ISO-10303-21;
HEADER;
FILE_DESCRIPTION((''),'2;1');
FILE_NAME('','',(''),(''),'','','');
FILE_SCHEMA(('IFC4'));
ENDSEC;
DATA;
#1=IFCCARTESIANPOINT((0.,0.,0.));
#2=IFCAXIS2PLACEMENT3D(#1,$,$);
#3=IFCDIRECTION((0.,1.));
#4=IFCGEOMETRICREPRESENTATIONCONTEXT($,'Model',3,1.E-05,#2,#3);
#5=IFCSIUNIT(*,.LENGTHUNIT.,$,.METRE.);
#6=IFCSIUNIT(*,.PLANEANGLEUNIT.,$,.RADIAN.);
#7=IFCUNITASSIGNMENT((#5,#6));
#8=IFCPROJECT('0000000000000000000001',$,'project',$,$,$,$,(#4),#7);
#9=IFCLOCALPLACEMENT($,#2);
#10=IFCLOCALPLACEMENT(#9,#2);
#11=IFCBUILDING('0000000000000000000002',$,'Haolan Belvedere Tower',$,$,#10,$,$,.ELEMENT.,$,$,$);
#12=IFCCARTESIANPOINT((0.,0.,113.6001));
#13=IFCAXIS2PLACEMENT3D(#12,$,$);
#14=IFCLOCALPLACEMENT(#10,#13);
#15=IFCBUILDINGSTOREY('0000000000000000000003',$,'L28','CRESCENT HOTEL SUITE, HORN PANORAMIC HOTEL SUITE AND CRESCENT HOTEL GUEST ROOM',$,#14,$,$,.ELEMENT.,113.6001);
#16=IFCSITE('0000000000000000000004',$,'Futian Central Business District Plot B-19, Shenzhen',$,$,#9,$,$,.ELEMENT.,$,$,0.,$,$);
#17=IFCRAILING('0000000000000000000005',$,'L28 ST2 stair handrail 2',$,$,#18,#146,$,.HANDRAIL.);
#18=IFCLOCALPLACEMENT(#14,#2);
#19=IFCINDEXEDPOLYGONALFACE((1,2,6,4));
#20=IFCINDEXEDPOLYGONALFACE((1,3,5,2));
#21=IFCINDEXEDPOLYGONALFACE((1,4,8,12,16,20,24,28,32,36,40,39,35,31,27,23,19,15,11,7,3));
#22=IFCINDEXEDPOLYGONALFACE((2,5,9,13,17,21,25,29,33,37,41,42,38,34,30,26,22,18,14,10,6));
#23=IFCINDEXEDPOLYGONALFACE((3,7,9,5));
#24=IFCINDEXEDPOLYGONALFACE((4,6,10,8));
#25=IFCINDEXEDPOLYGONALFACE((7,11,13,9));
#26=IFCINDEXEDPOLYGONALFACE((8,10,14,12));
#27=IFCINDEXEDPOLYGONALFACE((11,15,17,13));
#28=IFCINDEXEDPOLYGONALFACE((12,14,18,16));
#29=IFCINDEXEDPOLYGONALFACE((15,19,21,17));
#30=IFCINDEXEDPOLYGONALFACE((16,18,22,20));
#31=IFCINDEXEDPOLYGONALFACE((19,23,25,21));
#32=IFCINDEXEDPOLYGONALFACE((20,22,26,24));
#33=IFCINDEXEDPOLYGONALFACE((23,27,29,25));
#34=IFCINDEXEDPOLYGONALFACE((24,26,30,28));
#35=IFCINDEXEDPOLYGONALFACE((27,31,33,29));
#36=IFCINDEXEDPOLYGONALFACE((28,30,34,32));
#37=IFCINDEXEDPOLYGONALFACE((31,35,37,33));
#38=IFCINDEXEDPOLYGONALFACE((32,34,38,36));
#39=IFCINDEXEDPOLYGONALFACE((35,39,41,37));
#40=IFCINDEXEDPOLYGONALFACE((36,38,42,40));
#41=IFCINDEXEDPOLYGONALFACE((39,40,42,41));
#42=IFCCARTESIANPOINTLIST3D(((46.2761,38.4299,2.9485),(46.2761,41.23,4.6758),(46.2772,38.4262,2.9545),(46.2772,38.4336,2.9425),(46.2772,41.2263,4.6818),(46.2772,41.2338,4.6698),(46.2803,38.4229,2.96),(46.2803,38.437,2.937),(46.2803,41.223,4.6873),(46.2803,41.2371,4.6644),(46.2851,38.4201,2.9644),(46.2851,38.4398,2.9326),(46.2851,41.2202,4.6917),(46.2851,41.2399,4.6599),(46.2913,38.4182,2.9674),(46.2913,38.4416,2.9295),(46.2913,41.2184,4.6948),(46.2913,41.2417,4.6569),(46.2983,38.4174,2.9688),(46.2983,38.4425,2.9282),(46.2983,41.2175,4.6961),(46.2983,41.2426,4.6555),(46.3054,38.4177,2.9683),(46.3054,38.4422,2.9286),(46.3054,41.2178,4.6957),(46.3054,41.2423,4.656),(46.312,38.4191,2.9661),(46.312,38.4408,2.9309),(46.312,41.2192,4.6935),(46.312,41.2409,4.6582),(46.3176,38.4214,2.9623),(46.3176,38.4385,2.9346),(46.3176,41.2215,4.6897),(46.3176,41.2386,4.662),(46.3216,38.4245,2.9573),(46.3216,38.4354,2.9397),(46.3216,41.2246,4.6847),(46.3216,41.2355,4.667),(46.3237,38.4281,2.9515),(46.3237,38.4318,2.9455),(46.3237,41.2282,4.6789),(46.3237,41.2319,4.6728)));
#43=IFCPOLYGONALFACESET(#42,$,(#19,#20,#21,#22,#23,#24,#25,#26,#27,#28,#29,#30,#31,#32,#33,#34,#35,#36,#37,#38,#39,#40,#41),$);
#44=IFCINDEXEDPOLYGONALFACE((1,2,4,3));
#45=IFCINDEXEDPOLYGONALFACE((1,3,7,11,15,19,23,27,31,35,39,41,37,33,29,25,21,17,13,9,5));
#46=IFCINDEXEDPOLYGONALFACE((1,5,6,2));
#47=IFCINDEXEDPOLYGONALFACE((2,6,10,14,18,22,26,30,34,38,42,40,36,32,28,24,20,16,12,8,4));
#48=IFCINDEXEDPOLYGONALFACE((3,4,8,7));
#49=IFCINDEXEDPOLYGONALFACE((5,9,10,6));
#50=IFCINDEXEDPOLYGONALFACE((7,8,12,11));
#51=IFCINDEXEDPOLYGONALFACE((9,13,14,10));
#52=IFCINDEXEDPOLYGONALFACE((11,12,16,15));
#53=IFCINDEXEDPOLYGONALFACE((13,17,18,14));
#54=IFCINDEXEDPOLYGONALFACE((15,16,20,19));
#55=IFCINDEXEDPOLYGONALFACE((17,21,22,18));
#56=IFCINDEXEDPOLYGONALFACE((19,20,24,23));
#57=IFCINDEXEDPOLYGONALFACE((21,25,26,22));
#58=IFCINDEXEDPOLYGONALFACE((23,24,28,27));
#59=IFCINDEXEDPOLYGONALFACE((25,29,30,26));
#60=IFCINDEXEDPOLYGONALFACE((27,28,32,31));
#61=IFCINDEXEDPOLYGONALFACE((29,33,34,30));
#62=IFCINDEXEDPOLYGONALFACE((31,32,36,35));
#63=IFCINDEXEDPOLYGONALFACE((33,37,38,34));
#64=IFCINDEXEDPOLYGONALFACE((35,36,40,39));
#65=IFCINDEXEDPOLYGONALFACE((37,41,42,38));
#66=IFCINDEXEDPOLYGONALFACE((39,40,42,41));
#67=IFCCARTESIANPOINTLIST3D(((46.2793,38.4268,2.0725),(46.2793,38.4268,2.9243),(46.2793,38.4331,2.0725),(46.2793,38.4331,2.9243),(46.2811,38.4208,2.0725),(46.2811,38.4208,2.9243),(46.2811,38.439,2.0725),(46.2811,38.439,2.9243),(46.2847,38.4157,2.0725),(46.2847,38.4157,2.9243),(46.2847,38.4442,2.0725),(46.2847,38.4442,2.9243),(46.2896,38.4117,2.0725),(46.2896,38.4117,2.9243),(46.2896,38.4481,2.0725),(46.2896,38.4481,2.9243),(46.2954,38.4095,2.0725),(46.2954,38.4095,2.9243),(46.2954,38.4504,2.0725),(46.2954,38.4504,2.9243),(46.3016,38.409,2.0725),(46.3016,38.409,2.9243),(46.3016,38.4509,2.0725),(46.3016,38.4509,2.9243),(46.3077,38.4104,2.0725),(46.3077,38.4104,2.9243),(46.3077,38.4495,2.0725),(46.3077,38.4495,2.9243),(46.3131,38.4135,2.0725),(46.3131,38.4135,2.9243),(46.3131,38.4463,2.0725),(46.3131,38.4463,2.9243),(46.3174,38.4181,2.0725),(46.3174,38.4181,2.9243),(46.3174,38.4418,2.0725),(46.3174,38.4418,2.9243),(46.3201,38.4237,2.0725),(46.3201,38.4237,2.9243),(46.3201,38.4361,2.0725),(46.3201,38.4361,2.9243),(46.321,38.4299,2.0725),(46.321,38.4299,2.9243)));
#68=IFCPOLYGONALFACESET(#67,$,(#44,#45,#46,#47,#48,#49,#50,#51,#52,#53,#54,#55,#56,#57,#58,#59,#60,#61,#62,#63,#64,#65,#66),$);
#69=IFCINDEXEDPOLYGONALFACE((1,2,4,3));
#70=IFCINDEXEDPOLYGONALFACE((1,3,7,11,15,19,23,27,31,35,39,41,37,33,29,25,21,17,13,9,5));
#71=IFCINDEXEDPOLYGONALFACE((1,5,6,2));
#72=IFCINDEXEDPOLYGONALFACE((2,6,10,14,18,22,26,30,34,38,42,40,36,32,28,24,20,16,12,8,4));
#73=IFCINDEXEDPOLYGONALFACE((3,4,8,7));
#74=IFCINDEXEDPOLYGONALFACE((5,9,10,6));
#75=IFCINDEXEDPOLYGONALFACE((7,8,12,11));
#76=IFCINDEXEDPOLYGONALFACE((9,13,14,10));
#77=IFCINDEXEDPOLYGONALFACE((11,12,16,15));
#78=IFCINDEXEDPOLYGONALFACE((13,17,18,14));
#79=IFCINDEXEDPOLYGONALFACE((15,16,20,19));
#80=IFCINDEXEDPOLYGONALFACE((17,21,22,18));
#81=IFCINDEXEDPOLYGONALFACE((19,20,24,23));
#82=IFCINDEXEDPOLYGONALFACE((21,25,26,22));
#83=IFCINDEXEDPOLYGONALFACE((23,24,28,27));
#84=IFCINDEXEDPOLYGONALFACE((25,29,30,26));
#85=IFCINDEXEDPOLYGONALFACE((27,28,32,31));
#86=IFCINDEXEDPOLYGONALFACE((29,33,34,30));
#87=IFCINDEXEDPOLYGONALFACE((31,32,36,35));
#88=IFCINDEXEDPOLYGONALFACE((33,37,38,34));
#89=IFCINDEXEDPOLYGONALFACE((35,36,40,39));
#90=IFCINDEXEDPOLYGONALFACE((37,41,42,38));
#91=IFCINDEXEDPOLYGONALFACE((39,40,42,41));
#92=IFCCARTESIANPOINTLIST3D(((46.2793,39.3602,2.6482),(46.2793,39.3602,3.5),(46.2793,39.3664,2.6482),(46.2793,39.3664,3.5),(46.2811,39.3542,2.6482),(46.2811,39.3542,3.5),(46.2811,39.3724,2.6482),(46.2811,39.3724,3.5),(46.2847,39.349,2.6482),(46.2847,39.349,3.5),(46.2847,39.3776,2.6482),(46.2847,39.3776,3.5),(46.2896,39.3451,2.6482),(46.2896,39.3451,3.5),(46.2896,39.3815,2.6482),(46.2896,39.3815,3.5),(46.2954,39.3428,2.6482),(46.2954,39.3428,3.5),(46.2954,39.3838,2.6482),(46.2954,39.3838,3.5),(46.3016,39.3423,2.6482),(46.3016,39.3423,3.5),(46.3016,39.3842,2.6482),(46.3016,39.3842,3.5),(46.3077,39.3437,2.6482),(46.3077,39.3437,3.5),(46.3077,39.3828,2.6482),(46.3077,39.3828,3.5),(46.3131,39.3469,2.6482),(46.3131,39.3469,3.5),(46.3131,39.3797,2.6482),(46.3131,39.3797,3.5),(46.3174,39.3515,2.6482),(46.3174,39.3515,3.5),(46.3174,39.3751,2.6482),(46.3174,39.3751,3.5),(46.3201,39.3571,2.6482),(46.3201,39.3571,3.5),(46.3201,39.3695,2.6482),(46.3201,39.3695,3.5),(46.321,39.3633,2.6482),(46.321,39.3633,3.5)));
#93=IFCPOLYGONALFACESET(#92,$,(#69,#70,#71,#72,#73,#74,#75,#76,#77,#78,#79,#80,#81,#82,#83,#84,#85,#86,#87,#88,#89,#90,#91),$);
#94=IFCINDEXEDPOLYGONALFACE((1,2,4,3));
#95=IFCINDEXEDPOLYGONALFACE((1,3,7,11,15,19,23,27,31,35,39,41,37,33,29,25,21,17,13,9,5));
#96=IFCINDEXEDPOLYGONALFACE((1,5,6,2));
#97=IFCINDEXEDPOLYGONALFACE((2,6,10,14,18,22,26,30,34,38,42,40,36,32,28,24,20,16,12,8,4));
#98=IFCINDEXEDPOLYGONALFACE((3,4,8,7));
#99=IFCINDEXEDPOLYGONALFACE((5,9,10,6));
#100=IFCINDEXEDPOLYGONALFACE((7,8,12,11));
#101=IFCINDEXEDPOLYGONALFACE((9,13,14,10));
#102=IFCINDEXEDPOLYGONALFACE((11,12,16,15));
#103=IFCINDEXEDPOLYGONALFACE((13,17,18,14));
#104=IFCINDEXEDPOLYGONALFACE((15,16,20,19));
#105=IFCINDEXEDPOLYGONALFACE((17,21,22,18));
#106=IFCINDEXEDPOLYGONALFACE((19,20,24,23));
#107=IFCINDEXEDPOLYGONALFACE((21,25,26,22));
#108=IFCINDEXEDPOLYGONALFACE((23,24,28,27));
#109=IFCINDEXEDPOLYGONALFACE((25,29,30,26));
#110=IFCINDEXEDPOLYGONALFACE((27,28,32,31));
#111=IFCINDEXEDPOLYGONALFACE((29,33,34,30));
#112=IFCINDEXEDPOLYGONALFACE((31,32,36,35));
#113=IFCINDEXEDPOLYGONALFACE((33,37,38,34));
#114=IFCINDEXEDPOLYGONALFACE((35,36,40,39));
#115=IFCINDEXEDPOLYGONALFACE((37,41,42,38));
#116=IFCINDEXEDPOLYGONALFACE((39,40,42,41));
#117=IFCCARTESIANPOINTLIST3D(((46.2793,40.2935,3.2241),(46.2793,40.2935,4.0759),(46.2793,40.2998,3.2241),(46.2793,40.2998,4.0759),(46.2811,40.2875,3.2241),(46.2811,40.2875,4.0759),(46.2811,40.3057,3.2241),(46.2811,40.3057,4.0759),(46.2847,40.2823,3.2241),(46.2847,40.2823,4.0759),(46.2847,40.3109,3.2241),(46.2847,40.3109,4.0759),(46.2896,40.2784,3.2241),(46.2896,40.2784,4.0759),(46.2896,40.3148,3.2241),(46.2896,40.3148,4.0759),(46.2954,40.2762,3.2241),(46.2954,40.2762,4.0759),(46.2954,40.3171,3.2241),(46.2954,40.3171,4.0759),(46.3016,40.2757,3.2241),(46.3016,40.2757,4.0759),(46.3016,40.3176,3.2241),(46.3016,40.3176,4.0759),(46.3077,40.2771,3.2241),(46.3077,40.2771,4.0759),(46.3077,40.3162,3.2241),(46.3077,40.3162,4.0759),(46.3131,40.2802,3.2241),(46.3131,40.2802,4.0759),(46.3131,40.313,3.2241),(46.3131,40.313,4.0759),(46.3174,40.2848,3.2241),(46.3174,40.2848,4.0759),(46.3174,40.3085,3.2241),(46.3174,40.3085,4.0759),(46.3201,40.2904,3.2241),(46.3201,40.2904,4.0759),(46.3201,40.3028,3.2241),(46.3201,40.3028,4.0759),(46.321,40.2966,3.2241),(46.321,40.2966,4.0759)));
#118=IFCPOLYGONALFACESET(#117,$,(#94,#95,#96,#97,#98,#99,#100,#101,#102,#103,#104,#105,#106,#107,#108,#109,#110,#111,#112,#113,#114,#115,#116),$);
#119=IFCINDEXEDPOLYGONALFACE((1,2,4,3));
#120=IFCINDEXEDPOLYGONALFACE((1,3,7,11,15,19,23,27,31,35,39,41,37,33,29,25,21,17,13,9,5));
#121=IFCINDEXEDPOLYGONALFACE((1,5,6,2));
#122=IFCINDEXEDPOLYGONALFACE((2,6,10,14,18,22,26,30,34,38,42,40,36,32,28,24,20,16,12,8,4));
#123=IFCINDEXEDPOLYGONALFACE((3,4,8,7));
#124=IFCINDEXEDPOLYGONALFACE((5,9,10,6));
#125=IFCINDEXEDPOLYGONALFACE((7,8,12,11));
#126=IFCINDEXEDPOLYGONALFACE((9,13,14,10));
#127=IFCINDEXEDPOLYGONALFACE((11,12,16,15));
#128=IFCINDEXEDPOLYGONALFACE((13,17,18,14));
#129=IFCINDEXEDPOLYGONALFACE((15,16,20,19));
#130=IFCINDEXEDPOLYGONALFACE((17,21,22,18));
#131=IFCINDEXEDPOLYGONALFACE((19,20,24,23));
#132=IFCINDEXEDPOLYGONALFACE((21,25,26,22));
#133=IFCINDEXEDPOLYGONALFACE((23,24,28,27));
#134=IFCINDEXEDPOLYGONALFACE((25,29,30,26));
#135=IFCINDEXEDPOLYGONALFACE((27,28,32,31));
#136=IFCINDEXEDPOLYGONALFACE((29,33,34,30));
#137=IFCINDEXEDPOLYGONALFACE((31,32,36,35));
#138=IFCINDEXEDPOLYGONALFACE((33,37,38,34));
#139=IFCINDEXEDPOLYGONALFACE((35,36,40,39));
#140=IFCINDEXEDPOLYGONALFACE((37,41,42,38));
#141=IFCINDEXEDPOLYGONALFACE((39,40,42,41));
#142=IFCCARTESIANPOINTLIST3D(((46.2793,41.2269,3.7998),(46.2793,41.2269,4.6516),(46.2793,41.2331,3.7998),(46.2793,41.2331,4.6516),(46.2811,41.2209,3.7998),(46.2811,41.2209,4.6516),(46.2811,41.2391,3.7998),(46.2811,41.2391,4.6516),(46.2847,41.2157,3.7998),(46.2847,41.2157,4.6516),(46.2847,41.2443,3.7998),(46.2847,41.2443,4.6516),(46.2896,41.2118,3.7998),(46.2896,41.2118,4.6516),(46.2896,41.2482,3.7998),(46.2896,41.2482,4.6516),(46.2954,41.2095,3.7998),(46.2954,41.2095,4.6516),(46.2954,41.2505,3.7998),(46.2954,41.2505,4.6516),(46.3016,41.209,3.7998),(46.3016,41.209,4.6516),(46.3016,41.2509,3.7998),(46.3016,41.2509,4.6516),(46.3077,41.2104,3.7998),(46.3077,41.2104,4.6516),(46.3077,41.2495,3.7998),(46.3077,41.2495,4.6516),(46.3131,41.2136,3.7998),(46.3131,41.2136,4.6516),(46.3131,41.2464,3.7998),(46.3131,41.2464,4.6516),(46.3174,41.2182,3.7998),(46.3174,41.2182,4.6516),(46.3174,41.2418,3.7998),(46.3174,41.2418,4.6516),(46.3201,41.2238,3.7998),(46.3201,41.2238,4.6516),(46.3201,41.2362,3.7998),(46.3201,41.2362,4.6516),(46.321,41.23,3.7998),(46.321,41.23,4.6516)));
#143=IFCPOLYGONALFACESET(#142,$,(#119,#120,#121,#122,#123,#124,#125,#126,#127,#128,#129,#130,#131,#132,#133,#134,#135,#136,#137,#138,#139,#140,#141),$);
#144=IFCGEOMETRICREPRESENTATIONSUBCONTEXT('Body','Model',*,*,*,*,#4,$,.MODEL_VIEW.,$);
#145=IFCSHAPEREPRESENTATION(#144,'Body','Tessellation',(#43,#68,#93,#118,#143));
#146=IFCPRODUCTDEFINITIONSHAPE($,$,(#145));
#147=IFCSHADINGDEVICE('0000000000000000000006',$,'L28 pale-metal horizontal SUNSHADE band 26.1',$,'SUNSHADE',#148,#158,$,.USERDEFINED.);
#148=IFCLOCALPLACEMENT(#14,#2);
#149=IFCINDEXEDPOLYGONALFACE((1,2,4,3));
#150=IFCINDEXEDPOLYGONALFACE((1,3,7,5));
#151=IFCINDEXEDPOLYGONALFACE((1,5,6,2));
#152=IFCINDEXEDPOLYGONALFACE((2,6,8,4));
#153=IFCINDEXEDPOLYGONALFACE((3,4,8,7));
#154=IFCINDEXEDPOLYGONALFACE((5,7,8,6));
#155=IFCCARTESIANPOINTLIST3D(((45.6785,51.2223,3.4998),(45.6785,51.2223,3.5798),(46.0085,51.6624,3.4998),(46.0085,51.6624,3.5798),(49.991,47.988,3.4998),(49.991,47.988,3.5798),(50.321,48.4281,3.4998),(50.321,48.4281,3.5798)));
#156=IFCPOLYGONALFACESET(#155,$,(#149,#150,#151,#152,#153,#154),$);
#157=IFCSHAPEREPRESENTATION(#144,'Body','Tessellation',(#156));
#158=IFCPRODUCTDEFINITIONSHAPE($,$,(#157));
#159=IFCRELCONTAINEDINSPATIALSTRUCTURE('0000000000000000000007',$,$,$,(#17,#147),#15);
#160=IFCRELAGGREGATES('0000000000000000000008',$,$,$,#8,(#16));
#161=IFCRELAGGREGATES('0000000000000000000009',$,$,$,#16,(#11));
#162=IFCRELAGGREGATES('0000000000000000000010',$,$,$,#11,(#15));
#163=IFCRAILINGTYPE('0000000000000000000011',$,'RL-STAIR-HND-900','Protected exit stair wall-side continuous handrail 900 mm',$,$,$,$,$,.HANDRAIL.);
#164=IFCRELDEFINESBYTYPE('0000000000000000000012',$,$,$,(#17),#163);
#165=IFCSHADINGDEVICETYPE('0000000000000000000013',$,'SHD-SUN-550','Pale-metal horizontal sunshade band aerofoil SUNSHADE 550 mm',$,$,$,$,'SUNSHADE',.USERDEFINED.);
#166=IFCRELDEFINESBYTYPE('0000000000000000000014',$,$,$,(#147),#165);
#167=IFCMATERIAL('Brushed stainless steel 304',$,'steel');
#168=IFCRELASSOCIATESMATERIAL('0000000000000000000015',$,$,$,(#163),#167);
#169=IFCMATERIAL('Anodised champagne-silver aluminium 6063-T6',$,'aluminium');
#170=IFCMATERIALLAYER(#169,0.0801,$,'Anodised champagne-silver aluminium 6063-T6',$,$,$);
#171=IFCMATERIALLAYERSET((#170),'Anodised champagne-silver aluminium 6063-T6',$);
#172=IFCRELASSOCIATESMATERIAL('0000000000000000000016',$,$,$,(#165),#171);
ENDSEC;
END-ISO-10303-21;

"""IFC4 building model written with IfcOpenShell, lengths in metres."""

from ifc_helpers import new_model, si_unit, direction, frame, origin, origin_2d, place, context, subcontext, project, spatial, rectangle, circle, extrude, material, layer, layer_set, type_object, element, save


model = new_model("IFC4")

# Units and contexts
model_context = context("Model", 3, precision=1e-05, world=origin(), true_north=direction((0.0, 1.0)))
body_context = subcontext(model_context, "Body", "Model", "MODEL_VIEW")
ifc_project = project(units=[si_unit("LENGTHUNIT", "METRE"), si_unit("PLANEANGLEUNIT", "RADIAN")], contexts=[model_context])

# Site, building, storey
site_placement = place(None, origin())
site = spatial("IfcSite", under=ifc_project, at=site_placement, Name="Futian Central Business District Plot B-19, Shenzhen", CompositionType="ELEMENT", RefElevation=0.0)
building_placement = place(site_placement, origin())
building = spatial("IfcBuilding", under=site, at=building_placement, Name="Haolan Belvedere Tower", CompositionType="ELEMENT")
storey_placement = place(building_placement, frame((0.0, 0.0, 113.6001)))
storey = spatial("IfcBuildingStorey", under=building, at=storey_placement, Name="L28", Description="CRESCENT HOTEL SUITE, HORN PANORAMIC HOTEL SUITE AND CRESCENT HOTEL GUEST ROOM", CompositionType="ELEMENT", Elevation=113.6001)

# Railing
ifc_material_1 = material(Name="Brushed stainless steel 304", Category="steel")
railing_type = type_object("IfcRailingType", Name="RL-STAIR-HND-900", Description="Protected exit stair wall-side continuous handrail 900 mm", PredefinedType="HANDRAIL", material=ifc_material_1)
railing_placement = place(storey_placement, frame((46.3, 38.4299, 2.0725)))
element("IfcRailing", 1, at=railing_placement, inside=storey, type_object=railing_type, Name="L28 ST2 stair handrail 2", PredefinedType="HANDRAIL", context=body_context, shape_type="SweptSolid", body=[
    extrude(circle(Radius=0.0239, at=origin_2d()), frame((0.0, 0.0, 0.876), z_axis=(0.0, 0.85109, 0.52502), x_axis=(-1.0, 0.0, 0.0)), (0.0, 0.0, 1.0), 3.29),
    extrude(circle(Radius=0.021, at=origin_2d()), origin(), (0.0, 0.0, 1.0), 0.8518),
    extrude(circle(Radius=0.021, at=origin_2d()), frame((0.0, 0.9333, 0.5757)), (0.0, 0.0, 1.0), 0.8518),
    extrude(circle(Radius=0.021, at=origin_2d()), frame((0.0, 1.8667, 1.1516)), (0.0, 0.0, 1.0), 0.8518),
    extrude(circle(Radius=0.021, at=origin_2d()), frame((0.0, 2.8, 1.7273)), (0.0, 0.0, 1.0), 0.8518),
])

# Shading device
ifc_material_2 = material(Name="Anodised champagne-silver aluminium 6063-T6", Category="aluminium")
ifc_layer_1 = layer(ifc_material_2, 0.0801, Name="Anodised champagne-silver aluminium 6063-T6")
ifc_layer_set_1 = layer_set([ifc_layer_1], Name="Anodised champagne-silver aluminium 6063-T6")
shading_device_type = type_object("IfcShadingDeviceType", Name="SHD-SUN-550", Description="Pale-metal horizontal sunshade band aerofoil SUNSHADE 550 mm", ElementType="SUNSHADE", PredefinedType="USERDEFINED", material=ifc_layer_set_1)
shading_device_placement = place(storey_placement, frame((47.9998, 49.8252, 3.4998), z_axis=(0.0, 0.0, 1.0), x_axis=(-0.800009, 0.599987, 0.0)))
element("IfcShadingDevice", 2, at=shading_device_placement, inside=storey, type_object=shading_device_type, Name="L28 pale-metal horizontal SUNSHADE band 26.1", ObjectType="SUNSHADE", PredefinedType="USERDEFINED", context=body_context, shape_type="SweptSolid", body=[
    extrude(rectangle(XDim=5.3906, YDim=0.55, at=origin_2d()), origin(), (0.0, 0.0, 1.0), 0.0801),
])

save(model, "model.ifc")
